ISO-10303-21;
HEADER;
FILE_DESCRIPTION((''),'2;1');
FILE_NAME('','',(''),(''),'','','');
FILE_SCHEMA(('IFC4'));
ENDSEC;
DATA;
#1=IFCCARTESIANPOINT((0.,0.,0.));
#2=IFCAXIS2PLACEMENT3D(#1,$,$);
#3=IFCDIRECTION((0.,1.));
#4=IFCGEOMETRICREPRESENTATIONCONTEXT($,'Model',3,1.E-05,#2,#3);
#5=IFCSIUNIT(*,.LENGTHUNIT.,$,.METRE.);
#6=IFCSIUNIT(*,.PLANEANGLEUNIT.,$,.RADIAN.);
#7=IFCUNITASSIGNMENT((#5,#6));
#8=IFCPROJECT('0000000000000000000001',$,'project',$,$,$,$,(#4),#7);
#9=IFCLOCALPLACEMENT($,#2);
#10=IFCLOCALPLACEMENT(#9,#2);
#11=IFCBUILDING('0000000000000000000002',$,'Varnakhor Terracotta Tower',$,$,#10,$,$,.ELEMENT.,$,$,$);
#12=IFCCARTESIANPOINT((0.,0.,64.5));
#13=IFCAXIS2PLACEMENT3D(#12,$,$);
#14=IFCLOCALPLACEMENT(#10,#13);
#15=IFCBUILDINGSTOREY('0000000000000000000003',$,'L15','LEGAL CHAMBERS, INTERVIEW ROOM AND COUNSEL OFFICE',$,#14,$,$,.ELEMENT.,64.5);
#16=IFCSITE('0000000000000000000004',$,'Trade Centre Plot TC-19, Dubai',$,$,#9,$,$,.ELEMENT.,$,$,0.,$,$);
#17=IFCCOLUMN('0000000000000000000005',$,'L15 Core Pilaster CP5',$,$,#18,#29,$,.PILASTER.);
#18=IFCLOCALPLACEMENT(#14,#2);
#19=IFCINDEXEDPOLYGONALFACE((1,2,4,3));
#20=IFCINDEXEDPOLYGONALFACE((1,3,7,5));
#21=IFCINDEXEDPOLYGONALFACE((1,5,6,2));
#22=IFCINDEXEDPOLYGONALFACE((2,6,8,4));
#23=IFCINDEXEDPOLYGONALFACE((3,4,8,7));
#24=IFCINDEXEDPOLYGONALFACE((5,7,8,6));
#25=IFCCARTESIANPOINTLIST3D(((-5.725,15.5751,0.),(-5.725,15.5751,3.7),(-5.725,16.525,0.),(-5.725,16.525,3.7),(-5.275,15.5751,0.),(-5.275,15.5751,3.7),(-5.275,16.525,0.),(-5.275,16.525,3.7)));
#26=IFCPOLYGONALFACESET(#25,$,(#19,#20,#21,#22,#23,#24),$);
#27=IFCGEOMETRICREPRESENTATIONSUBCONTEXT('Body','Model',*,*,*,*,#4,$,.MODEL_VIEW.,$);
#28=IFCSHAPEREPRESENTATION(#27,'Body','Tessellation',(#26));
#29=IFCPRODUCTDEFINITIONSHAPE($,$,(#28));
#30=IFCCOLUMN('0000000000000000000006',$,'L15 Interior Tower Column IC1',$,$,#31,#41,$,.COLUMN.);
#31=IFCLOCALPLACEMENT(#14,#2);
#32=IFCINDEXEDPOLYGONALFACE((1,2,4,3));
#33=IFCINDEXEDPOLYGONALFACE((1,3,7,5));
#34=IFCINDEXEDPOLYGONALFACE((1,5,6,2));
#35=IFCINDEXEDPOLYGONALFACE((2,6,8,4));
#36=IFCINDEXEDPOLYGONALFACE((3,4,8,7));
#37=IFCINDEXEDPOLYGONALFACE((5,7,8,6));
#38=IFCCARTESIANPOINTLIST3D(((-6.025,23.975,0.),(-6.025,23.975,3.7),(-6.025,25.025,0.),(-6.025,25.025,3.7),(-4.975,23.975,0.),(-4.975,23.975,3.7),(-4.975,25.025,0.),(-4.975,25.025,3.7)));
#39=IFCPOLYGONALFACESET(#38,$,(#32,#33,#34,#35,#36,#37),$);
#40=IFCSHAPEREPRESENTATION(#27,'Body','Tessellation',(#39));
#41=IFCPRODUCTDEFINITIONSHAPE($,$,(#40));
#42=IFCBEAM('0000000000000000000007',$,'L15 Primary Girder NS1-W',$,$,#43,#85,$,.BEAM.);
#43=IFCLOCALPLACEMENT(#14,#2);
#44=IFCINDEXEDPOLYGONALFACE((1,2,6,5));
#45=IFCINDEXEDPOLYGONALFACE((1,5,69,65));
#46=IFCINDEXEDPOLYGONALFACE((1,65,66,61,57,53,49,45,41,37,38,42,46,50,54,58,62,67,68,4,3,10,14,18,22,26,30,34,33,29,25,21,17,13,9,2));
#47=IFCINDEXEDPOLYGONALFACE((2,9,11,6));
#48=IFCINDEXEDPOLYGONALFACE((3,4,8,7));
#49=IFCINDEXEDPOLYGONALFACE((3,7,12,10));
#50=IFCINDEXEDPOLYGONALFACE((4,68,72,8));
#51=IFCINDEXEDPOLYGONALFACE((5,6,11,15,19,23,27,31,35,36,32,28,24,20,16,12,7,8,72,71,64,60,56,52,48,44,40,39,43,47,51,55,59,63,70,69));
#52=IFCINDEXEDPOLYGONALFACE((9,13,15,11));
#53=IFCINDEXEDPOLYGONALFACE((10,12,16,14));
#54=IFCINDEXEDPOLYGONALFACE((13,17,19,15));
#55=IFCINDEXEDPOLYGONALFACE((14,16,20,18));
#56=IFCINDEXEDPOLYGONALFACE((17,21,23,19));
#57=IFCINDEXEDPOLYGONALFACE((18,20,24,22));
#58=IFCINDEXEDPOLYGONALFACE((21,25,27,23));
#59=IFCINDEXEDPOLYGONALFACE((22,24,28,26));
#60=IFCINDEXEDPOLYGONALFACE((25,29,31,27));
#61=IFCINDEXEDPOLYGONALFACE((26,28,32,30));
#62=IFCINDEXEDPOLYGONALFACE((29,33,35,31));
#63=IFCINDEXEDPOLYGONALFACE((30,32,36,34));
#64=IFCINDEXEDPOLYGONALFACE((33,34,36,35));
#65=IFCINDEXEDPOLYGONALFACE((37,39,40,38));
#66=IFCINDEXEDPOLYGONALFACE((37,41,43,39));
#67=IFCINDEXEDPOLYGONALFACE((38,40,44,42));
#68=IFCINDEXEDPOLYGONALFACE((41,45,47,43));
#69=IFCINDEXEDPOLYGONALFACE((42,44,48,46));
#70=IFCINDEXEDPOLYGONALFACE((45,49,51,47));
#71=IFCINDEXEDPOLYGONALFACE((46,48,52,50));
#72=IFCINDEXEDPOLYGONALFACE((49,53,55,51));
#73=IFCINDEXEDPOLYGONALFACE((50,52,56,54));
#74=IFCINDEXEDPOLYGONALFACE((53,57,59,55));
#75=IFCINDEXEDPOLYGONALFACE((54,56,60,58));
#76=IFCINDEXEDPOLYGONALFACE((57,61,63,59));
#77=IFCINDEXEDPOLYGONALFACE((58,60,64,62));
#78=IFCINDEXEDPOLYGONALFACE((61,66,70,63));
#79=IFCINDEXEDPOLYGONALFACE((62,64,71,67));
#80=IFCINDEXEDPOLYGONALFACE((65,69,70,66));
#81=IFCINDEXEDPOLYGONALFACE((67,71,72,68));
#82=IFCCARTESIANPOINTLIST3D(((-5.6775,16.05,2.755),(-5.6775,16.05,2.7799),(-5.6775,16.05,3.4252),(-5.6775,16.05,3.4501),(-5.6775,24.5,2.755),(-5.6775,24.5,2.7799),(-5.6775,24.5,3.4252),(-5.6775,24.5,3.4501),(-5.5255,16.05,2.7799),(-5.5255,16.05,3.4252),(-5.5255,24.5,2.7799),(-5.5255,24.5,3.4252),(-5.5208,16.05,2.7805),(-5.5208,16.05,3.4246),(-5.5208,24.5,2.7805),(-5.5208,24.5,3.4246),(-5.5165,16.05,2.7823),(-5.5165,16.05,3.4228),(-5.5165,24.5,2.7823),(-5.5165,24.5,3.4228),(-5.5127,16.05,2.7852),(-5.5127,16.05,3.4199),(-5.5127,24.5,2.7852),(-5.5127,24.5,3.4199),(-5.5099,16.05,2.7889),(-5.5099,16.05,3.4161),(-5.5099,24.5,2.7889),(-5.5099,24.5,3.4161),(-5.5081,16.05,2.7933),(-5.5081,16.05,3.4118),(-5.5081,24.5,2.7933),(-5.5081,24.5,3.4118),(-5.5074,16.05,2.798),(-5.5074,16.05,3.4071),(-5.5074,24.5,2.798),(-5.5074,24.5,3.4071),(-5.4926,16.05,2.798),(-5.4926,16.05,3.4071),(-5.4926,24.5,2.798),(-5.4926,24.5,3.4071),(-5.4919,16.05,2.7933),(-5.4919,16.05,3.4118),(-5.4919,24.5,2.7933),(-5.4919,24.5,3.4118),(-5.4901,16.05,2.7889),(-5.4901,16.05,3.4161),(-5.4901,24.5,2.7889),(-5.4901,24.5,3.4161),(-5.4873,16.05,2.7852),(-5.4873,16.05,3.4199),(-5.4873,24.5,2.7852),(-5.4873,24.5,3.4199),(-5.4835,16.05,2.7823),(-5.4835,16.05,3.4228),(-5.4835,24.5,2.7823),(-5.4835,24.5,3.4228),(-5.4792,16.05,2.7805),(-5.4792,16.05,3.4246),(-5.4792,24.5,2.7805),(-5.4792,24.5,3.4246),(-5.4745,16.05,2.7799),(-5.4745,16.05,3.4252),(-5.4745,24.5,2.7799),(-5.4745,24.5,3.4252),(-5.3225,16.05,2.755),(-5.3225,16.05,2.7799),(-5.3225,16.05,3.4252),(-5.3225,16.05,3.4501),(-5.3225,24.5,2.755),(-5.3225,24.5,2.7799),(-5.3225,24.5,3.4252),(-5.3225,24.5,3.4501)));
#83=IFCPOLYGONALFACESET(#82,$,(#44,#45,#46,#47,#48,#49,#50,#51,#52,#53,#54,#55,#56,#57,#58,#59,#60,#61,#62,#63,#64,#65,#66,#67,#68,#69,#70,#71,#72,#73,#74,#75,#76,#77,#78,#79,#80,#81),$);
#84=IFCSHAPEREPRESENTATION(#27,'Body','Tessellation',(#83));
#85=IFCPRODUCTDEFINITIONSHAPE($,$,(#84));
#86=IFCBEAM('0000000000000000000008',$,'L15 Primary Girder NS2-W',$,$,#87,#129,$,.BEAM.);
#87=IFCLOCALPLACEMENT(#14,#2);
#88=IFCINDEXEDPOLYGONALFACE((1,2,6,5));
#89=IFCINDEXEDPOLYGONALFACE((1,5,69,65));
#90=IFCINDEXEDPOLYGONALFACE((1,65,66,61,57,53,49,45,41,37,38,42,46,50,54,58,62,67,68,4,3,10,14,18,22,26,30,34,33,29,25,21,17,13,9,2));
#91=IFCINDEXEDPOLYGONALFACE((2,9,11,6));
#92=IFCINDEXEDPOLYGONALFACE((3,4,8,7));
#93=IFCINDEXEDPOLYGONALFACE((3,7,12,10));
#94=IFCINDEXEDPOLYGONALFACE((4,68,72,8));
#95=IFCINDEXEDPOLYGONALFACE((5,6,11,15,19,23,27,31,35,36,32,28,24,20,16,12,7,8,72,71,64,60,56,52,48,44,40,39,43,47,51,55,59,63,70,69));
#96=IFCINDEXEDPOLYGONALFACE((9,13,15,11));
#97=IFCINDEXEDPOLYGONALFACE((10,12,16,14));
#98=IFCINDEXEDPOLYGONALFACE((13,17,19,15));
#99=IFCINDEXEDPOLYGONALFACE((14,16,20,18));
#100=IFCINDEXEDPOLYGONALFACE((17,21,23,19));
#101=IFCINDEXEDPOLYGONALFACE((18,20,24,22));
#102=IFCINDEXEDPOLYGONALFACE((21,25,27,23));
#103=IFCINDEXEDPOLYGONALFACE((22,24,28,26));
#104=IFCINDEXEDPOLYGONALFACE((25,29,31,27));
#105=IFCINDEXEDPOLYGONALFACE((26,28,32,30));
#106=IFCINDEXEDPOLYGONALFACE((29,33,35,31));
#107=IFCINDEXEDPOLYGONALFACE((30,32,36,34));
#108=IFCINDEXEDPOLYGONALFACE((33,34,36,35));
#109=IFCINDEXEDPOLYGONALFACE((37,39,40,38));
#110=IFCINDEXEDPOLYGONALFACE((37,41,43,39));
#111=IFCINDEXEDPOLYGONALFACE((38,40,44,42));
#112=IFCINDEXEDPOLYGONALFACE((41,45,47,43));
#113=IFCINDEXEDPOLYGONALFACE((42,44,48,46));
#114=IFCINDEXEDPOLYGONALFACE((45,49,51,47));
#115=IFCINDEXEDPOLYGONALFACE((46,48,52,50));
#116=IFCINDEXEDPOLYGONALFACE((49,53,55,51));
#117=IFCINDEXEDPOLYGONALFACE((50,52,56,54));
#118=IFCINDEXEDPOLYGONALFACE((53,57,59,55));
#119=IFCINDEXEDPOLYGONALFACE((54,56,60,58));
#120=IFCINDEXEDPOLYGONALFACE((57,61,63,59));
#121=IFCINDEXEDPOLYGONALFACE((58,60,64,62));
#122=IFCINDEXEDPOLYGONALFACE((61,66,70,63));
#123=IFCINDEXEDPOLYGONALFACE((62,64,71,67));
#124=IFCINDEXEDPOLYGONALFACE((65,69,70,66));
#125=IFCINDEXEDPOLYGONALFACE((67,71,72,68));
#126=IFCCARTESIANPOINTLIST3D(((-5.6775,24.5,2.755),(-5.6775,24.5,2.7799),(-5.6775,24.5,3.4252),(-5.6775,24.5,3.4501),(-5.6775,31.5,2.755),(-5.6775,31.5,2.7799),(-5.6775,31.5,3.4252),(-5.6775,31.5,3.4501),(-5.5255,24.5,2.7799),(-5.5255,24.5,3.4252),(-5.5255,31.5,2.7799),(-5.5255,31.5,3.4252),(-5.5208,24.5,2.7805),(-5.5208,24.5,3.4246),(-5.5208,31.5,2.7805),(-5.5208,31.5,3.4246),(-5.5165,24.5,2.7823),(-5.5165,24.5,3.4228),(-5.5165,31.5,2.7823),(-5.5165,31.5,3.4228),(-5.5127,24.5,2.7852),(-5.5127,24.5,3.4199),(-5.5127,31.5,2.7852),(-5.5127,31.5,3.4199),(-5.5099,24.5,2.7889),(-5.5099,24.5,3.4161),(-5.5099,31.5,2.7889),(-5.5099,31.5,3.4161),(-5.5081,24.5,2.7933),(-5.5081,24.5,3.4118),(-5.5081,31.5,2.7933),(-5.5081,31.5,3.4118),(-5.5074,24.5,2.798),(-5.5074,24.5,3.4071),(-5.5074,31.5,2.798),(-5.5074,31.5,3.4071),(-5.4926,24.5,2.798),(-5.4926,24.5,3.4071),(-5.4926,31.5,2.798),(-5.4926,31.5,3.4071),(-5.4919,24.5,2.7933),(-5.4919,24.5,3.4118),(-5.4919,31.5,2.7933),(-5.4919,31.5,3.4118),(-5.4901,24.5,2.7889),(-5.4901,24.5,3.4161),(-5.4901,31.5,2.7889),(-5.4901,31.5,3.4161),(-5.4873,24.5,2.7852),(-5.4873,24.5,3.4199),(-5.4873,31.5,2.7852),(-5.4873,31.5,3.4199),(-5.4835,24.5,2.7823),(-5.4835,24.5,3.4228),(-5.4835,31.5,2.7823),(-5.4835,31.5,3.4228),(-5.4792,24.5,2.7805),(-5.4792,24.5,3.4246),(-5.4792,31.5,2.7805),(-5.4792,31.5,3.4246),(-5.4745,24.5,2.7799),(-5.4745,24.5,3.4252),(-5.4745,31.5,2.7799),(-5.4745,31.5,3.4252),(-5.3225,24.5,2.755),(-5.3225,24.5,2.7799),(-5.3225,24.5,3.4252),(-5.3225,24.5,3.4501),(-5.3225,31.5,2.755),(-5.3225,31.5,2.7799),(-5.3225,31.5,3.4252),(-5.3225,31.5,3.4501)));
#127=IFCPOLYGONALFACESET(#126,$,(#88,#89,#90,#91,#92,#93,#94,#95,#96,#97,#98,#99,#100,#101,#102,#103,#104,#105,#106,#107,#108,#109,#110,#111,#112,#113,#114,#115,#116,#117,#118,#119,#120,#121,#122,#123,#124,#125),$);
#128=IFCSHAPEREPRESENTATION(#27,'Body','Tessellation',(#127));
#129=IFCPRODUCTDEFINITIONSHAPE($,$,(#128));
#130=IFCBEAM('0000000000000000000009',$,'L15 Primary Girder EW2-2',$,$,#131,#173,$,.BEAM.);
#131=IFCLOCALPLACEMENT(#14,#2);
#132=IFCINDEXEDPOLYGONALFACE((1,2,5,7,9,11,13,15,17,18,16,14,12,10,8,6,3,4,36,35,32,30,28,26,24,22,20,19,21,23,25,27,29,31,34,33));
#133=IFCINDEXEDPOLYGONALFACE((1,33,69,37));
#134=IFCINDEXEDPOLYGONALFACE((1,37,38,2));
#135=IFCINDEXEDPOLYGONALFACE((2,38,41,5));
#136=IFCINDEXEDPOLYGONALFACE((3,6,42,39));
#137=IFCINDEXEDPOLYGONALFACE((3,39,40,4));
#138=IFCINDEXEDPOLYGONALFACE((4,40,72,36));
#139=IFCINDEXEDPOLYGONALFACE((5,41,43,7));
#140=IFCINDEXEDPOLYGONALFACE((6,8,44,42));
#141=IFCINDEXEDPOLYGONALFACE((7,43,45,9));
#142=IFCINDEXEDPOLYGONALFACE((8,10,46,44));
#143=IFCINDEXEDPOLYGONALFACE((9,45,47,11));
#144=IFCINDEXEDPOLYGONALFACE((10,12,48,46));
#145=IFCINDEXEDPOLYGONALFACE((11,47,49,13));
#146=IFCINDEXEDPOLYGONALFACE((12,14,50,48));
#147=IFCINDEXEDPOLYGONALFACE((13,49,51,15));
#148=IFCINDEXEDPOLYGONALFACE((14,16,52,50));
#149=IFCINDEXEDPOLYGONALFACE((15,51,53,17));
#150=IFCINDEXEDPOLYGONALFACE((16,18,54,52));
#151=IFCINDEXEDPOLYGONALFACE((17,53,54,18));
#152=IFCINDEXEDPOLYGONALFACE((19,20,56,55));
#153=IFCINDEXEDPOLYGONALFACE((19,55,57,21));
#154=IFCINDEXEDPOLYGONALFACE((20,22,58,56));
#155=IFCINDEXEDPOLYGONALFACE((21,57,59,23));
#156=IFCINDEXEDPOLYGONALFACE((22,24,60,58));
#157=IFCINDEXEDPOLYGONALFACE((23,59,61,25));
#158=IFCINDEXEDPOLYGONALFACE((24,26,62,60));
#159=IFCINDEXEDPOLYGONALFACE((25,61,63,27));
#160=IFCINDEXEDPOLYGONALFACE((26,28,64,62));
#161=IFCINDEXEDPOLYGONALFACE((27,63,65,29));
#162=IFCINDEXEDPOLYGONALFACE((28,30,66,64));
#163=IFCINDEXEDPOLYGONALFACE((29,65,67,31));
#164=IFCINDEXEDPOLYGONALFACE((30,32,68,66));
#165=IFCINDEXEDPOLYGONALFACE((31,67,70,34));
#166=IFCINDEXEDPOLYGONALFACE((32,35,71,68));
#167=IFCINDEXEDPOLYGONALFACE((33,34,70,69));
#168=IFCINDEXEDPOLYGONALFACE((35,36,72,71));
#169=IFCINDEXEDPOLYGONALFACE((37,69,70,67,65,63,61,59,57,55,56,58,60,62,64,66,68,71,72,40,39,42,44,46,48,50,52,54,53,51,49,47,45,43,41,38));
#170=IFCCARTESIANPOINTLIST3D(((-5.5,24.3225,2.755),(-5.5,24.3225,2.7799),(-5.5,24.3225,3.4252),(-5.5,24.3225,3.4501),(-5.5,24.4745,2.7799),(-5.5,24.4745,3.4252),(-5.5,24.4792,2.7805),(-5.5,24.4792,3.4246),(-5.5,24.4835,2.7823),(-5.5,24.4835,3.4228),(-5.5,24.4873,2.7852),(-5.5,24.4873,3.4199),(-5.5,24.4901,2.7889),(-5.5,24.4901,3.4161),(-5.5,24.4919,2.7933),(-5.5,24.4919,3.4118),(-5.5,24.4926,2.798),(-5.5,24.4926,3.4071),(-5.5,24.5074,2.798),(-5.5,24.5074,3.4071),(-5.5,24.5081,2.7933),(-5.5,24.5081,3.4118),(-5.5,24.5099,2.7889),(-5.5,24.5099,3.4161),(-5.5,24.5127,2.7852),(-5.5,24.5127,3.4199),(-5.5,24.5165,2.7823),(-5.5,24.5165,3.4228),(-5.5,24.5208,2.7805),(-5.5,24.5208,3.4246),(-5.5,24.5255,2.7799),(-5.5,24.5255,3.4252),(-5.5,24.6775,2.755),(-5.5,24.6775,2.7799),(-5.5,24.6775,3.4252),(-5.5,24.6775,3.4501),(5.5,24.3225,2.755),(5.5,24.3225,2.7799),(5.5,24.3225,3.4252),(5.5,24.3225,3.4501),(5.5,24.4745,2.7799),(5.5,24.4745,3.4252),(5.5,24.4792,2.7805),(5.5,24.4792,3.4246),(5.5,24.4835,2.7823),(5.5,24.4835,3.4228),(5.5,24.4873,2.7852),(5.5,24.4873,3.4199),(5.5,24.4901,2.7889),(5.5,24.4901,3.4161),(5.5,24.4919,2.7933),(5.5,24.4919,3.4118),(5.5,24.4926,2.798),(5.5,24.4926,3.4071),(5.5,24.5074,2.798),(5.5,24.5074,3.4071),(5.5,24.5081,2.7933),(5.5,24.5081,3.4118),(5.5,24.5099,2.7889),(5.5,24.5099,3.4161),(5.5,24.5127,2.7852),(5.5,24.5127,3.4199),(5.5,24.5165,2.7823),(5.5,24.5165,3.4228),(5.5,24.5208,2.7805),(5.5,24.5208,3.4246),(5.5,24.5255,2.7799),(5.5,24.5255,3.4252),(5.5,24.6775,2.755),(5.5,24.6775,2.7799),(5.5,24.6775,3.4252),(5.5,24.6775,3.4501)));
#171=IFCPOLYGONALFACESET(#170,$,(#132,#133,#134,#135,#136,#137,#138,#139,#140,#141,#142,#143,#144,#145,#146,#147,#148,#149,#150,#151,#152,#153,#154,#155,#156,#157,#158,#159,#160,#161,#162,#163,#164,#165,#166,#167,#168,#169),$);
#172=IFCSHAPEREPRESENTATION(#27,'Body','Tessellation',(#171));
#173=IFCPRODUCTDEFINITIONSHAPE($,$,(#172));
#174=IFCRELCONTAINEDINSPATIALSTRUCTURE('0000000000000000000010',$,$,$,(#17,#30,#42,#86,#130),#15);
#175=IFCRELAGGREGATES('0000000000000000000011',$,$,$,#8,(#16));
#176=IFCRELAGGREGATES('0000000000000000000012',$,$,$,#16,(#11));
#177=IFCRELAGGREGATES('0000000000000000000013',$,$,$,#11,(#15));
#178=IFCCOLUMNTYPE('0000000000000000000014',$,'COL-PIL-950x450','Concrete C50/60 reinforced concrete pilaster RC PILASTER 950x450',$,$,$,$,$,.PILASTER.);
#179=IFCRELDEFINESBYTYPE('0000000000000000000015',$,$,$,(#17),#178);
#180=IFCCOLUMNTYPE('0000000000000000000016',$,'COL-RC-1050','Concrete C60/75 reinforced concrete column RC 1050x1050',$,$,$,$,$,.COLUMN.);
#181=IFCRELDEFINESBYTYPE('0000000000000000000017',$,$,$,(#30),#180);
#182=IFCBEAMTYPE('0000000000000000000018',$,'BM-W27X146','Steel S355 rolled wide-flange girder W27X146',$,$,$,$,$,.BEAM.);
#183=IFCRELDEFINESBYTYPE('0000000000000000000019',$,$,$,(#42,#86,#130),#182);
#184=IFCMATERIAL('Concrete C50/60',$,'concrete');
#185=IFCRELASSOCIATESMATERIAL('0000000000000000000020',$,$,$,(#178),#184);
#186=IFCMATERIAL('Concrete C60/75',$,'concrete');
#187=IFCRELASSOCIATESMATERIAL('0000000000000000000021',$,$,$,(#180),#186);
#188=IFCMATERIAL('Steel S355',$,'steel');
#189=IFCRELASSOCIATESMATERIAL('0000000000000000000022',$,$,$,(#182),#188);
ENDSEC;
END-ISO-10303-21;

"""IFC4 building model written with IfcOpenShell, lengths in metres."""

from ifc_helpers import new_model, si_unit, direction, frame, origin, origin_2d, place, context, subcontext, project, spatial, rectangle, i_section, extrude, source, transform, mapped, material, material_profile, profile_set, type_object, type_shapes, element, save


model = new_model("IFC4")

# Units and contexts
model_context = context("Model", 3, precision=1e-05, world=origin(), true_north=direction((0.0, 1.0)))
body_context = subcontext(model_context, "Body", "Model", "MODEL_VIEW")
ifc_project = project(units=[si_unit("LENGTHUNIT", "METRE"), si_unit("PLANEANGLEUNIT", "RADIAN")], contexts=[model_context])

# Site, building, storey
site_placement = place(None, origin())
site = spatial("IfcSite", under=ifc_project, at=site_placement, Name="Trade Centre Plot TC-19, Dubai", CompositionType="ELEMENT", RefElevation=0.0)
building_placement = place(site_placement, origin())
building = spatial("IfcBuilding", under=site, at=building_placement, Name="Varnakhor Terracotta Tower", CompositionType="ELEMENT")
storey_placement = place(building_placement, frame((0.0, 0.0, 64.5)))
storey = spatial("IfcBuildingStorey", under=building, at=storey_placement, Name="L15", Description="LEGAL CHAMBERS, INTERVIEW ROOM AND COUNSEL OFFICE", CompositionType="ELEMENT", Elevation=64.5)

# Columns
ifc_material_1 = material(Name="Concrete C50/60", Category="concrete")
ifc_material_profile_1 = material_profile(ifc_material_1, rectangle(XDim=0.45, YDim=0.95, at=origin_2d()), Name="RC PILASTER 950x450")
ifc_profile_set_1 = profile_set([ifc_material_profile_1], Name="Concrete C50/60")
column_type_1 = type_object("IfcColumnType", Name="COL-PIL-950x450", Description="Concrete C50/60 reinforced concrete pilaster RC PILASTER 950x450", PredefinedType="PILASTER", material=ifc_profile_set_1)
shared_shape_1 = source(origin(), body_context, "Body", "SweptSolid", [
    extrude(rectangle(XDim=0.45, YDim=0.95, at=origin_2d()), origin(), (0.0, 0.0, 1.0), 3.7),
])
column_1_placement = place(storey_placement, frame((-5.5, 16.05, 0.0), z_axis=(0.0, 0.0, 1.0), x_axis=(1.0, 0.0, 0.0)))
element("IfcColumn", 1, at=column_1_placement, inside=storey, type_object=column_type_1, Name="L15 Core Pilaster CP5", PredefinedType="PILASTER", context=body_context, shape_type="MappedRepresentation", body=[
    mapped(shared_shape_1, transform((0.0, 0.0, 0.0), scale=1.0)),
])
ifc_material_2 = material(Name="Concrete C60/75", Category="concrete")
ifc_material_profile_2 = material_profile(ifc_material_2, rectangle(XDim=1.05, YDim=1.05, at=origin_2d()), Name="RC 1050x1050")
ifc_profile_set_2 = profile_set([ifc_material_profile_2], Name="Concrete C60/75")
column_type_2 = type_object("IfcColumnType", Name="COL-RC-1050", Description="Concrete C60/75 reinforced concrete column RC 1050x1050", PredefinedType="COLUMN", material=ifc_profile_set_2)
shared_shape_2 = source(origin(), body_context, "Body", "SweptSolid", [
    extrude(rectangle(XDim=1.05, YDim=1.05, at=origin_2d()), origin(), (0.0, 0.0, 1.0), 3.7),
])
column_2_placement = place(storey_placement, frame((-5.5, 24.5, 0.0), z_axis=(0.0, 0.0, 1.0), x_axis=(1.0, 0.0, 0.0)))
element("IfcColumn", 2, at=column_2_placement, inside=storey, type_object=column_type_2, Name="L15 Interior Tower Column IC1", PredefinedType="COLUMN", context=body_context, shape_type="MappedRepresentation", body=[
    mapped(shared_shape_2, transform((0.0, 0.0, 0.0), scale=1.0)),
])

# Beams
ifc_material_3 = material(Name="Steel S355", Category="steel")
ifc_material_profile_3 = material_profile(ifc_material_3, i_section(OverallWidth=0.355, OverallDepth=0.6951, WebThickness=0.0149, FlangeThickness=0.0249, FilletRadius=0.0181, at=origin_2d()), Name="W27X146")
ifc_profile_set_3 = profile_set([ifc_material_profile_3], Name="Steel S355")
beam_type_1 = type_object("IfcBeamType", Name="BM-W27X146", Description="Steel S355 rolled wide-flange girder W27X146", PredefinedType="BEAM", material=ifc_profile_set_3)
shared_shape_3 = source(origin(), body_context, "Body", "SweptSolid", [
    extrude(i_section(OverallWidth=0.355, OverallDepth=0.6951, WebThickness=0.0149, FlangeThickness=0.0249, FilletRadius=0.0181, at=origin_2d()), origin(), (0.0, 0.0, 1.0), 8.45),
])
type_shapes(beam_type_1, [shared_shape_3])
beam_1_placement = place(storey_placement, frame((-5.5, 16.05, 3.1025), z_axis=(0.0, 1.0, 0.0), x_axis=(-1.0, 0.0, 0.0)))
element("IfcBeam", 3, at=beam_1_placement, inside=storey, type_object=beam_type_1, Name="L15 Primary Girder NS1-W", PredefinedType="BEAM", context=body_context, shape_type="MappedRepresentation", body=[
    mapped(shared_shape_3, transform((0.0, 0.0, 0.0), scale=1.0)),
])
shared_shape_4 = source(origin(), body_context, "Body", "SweptSolid", [
    extrude(i_section(OverallWidth=0.355, OverallDepth=0.6951, WebThickness=0.0149, FlangeThickness=0.0249, FilletRadius=0.0181, at=origin_2d()), origin(), (0.0, 0.0, 1.0), 7.0),
])
beam_2_placement = place(storey_placement, frame((-5.5, 24.5, 3.1025), z_axis=(0.0, 1.0, 0.0), x_axis=(-1.0, 0.0, 0.0)))
element("IfcBeam", 4, at=beam_2_placement, inside=storey, type_object=beam_type_1, Name="L15 Primary Girder NS2-W", PredefinedType="BEAM", context=body_context, shape_type="MappedRepresentation", body=[
    mapped(shared_shape_4, transform((0.0, 0.0, 0.0), scale=1.0)),
])
shared_shape_5 = source(origin(), body_context, "Body", "SweptSolid", [
    extrude(i_section(OverallWidth=0.355, OverallDepth=0.6951, WebThickness=0.0149, FlangeThickness=0.0249, FilletRadius=0.0181, at=origin_2d()), origin(), (0.0, 0.0, 1.0), 11.0),
])
beam_3_placement = place(storey_placement, frame((-5.5, 24.5, 3.1025), z_axis=(1.0, 0.0, 0.0), x_axis=(0.0, 1.0, 0.0)))
element("IfcBeam", 5, at=beam_3_placement, inside=storey, type_object=beam_type_1, Name="L15 Primary Girder EW2-2", PredefinedType="BEAM", context=body_context, shape_type="MappedRepresentation", body=[
    mapped(shared_shape_5, transform((0.0, 0.0, 0.0), scale=1.0)),
])

save(model, "model.ifc")
